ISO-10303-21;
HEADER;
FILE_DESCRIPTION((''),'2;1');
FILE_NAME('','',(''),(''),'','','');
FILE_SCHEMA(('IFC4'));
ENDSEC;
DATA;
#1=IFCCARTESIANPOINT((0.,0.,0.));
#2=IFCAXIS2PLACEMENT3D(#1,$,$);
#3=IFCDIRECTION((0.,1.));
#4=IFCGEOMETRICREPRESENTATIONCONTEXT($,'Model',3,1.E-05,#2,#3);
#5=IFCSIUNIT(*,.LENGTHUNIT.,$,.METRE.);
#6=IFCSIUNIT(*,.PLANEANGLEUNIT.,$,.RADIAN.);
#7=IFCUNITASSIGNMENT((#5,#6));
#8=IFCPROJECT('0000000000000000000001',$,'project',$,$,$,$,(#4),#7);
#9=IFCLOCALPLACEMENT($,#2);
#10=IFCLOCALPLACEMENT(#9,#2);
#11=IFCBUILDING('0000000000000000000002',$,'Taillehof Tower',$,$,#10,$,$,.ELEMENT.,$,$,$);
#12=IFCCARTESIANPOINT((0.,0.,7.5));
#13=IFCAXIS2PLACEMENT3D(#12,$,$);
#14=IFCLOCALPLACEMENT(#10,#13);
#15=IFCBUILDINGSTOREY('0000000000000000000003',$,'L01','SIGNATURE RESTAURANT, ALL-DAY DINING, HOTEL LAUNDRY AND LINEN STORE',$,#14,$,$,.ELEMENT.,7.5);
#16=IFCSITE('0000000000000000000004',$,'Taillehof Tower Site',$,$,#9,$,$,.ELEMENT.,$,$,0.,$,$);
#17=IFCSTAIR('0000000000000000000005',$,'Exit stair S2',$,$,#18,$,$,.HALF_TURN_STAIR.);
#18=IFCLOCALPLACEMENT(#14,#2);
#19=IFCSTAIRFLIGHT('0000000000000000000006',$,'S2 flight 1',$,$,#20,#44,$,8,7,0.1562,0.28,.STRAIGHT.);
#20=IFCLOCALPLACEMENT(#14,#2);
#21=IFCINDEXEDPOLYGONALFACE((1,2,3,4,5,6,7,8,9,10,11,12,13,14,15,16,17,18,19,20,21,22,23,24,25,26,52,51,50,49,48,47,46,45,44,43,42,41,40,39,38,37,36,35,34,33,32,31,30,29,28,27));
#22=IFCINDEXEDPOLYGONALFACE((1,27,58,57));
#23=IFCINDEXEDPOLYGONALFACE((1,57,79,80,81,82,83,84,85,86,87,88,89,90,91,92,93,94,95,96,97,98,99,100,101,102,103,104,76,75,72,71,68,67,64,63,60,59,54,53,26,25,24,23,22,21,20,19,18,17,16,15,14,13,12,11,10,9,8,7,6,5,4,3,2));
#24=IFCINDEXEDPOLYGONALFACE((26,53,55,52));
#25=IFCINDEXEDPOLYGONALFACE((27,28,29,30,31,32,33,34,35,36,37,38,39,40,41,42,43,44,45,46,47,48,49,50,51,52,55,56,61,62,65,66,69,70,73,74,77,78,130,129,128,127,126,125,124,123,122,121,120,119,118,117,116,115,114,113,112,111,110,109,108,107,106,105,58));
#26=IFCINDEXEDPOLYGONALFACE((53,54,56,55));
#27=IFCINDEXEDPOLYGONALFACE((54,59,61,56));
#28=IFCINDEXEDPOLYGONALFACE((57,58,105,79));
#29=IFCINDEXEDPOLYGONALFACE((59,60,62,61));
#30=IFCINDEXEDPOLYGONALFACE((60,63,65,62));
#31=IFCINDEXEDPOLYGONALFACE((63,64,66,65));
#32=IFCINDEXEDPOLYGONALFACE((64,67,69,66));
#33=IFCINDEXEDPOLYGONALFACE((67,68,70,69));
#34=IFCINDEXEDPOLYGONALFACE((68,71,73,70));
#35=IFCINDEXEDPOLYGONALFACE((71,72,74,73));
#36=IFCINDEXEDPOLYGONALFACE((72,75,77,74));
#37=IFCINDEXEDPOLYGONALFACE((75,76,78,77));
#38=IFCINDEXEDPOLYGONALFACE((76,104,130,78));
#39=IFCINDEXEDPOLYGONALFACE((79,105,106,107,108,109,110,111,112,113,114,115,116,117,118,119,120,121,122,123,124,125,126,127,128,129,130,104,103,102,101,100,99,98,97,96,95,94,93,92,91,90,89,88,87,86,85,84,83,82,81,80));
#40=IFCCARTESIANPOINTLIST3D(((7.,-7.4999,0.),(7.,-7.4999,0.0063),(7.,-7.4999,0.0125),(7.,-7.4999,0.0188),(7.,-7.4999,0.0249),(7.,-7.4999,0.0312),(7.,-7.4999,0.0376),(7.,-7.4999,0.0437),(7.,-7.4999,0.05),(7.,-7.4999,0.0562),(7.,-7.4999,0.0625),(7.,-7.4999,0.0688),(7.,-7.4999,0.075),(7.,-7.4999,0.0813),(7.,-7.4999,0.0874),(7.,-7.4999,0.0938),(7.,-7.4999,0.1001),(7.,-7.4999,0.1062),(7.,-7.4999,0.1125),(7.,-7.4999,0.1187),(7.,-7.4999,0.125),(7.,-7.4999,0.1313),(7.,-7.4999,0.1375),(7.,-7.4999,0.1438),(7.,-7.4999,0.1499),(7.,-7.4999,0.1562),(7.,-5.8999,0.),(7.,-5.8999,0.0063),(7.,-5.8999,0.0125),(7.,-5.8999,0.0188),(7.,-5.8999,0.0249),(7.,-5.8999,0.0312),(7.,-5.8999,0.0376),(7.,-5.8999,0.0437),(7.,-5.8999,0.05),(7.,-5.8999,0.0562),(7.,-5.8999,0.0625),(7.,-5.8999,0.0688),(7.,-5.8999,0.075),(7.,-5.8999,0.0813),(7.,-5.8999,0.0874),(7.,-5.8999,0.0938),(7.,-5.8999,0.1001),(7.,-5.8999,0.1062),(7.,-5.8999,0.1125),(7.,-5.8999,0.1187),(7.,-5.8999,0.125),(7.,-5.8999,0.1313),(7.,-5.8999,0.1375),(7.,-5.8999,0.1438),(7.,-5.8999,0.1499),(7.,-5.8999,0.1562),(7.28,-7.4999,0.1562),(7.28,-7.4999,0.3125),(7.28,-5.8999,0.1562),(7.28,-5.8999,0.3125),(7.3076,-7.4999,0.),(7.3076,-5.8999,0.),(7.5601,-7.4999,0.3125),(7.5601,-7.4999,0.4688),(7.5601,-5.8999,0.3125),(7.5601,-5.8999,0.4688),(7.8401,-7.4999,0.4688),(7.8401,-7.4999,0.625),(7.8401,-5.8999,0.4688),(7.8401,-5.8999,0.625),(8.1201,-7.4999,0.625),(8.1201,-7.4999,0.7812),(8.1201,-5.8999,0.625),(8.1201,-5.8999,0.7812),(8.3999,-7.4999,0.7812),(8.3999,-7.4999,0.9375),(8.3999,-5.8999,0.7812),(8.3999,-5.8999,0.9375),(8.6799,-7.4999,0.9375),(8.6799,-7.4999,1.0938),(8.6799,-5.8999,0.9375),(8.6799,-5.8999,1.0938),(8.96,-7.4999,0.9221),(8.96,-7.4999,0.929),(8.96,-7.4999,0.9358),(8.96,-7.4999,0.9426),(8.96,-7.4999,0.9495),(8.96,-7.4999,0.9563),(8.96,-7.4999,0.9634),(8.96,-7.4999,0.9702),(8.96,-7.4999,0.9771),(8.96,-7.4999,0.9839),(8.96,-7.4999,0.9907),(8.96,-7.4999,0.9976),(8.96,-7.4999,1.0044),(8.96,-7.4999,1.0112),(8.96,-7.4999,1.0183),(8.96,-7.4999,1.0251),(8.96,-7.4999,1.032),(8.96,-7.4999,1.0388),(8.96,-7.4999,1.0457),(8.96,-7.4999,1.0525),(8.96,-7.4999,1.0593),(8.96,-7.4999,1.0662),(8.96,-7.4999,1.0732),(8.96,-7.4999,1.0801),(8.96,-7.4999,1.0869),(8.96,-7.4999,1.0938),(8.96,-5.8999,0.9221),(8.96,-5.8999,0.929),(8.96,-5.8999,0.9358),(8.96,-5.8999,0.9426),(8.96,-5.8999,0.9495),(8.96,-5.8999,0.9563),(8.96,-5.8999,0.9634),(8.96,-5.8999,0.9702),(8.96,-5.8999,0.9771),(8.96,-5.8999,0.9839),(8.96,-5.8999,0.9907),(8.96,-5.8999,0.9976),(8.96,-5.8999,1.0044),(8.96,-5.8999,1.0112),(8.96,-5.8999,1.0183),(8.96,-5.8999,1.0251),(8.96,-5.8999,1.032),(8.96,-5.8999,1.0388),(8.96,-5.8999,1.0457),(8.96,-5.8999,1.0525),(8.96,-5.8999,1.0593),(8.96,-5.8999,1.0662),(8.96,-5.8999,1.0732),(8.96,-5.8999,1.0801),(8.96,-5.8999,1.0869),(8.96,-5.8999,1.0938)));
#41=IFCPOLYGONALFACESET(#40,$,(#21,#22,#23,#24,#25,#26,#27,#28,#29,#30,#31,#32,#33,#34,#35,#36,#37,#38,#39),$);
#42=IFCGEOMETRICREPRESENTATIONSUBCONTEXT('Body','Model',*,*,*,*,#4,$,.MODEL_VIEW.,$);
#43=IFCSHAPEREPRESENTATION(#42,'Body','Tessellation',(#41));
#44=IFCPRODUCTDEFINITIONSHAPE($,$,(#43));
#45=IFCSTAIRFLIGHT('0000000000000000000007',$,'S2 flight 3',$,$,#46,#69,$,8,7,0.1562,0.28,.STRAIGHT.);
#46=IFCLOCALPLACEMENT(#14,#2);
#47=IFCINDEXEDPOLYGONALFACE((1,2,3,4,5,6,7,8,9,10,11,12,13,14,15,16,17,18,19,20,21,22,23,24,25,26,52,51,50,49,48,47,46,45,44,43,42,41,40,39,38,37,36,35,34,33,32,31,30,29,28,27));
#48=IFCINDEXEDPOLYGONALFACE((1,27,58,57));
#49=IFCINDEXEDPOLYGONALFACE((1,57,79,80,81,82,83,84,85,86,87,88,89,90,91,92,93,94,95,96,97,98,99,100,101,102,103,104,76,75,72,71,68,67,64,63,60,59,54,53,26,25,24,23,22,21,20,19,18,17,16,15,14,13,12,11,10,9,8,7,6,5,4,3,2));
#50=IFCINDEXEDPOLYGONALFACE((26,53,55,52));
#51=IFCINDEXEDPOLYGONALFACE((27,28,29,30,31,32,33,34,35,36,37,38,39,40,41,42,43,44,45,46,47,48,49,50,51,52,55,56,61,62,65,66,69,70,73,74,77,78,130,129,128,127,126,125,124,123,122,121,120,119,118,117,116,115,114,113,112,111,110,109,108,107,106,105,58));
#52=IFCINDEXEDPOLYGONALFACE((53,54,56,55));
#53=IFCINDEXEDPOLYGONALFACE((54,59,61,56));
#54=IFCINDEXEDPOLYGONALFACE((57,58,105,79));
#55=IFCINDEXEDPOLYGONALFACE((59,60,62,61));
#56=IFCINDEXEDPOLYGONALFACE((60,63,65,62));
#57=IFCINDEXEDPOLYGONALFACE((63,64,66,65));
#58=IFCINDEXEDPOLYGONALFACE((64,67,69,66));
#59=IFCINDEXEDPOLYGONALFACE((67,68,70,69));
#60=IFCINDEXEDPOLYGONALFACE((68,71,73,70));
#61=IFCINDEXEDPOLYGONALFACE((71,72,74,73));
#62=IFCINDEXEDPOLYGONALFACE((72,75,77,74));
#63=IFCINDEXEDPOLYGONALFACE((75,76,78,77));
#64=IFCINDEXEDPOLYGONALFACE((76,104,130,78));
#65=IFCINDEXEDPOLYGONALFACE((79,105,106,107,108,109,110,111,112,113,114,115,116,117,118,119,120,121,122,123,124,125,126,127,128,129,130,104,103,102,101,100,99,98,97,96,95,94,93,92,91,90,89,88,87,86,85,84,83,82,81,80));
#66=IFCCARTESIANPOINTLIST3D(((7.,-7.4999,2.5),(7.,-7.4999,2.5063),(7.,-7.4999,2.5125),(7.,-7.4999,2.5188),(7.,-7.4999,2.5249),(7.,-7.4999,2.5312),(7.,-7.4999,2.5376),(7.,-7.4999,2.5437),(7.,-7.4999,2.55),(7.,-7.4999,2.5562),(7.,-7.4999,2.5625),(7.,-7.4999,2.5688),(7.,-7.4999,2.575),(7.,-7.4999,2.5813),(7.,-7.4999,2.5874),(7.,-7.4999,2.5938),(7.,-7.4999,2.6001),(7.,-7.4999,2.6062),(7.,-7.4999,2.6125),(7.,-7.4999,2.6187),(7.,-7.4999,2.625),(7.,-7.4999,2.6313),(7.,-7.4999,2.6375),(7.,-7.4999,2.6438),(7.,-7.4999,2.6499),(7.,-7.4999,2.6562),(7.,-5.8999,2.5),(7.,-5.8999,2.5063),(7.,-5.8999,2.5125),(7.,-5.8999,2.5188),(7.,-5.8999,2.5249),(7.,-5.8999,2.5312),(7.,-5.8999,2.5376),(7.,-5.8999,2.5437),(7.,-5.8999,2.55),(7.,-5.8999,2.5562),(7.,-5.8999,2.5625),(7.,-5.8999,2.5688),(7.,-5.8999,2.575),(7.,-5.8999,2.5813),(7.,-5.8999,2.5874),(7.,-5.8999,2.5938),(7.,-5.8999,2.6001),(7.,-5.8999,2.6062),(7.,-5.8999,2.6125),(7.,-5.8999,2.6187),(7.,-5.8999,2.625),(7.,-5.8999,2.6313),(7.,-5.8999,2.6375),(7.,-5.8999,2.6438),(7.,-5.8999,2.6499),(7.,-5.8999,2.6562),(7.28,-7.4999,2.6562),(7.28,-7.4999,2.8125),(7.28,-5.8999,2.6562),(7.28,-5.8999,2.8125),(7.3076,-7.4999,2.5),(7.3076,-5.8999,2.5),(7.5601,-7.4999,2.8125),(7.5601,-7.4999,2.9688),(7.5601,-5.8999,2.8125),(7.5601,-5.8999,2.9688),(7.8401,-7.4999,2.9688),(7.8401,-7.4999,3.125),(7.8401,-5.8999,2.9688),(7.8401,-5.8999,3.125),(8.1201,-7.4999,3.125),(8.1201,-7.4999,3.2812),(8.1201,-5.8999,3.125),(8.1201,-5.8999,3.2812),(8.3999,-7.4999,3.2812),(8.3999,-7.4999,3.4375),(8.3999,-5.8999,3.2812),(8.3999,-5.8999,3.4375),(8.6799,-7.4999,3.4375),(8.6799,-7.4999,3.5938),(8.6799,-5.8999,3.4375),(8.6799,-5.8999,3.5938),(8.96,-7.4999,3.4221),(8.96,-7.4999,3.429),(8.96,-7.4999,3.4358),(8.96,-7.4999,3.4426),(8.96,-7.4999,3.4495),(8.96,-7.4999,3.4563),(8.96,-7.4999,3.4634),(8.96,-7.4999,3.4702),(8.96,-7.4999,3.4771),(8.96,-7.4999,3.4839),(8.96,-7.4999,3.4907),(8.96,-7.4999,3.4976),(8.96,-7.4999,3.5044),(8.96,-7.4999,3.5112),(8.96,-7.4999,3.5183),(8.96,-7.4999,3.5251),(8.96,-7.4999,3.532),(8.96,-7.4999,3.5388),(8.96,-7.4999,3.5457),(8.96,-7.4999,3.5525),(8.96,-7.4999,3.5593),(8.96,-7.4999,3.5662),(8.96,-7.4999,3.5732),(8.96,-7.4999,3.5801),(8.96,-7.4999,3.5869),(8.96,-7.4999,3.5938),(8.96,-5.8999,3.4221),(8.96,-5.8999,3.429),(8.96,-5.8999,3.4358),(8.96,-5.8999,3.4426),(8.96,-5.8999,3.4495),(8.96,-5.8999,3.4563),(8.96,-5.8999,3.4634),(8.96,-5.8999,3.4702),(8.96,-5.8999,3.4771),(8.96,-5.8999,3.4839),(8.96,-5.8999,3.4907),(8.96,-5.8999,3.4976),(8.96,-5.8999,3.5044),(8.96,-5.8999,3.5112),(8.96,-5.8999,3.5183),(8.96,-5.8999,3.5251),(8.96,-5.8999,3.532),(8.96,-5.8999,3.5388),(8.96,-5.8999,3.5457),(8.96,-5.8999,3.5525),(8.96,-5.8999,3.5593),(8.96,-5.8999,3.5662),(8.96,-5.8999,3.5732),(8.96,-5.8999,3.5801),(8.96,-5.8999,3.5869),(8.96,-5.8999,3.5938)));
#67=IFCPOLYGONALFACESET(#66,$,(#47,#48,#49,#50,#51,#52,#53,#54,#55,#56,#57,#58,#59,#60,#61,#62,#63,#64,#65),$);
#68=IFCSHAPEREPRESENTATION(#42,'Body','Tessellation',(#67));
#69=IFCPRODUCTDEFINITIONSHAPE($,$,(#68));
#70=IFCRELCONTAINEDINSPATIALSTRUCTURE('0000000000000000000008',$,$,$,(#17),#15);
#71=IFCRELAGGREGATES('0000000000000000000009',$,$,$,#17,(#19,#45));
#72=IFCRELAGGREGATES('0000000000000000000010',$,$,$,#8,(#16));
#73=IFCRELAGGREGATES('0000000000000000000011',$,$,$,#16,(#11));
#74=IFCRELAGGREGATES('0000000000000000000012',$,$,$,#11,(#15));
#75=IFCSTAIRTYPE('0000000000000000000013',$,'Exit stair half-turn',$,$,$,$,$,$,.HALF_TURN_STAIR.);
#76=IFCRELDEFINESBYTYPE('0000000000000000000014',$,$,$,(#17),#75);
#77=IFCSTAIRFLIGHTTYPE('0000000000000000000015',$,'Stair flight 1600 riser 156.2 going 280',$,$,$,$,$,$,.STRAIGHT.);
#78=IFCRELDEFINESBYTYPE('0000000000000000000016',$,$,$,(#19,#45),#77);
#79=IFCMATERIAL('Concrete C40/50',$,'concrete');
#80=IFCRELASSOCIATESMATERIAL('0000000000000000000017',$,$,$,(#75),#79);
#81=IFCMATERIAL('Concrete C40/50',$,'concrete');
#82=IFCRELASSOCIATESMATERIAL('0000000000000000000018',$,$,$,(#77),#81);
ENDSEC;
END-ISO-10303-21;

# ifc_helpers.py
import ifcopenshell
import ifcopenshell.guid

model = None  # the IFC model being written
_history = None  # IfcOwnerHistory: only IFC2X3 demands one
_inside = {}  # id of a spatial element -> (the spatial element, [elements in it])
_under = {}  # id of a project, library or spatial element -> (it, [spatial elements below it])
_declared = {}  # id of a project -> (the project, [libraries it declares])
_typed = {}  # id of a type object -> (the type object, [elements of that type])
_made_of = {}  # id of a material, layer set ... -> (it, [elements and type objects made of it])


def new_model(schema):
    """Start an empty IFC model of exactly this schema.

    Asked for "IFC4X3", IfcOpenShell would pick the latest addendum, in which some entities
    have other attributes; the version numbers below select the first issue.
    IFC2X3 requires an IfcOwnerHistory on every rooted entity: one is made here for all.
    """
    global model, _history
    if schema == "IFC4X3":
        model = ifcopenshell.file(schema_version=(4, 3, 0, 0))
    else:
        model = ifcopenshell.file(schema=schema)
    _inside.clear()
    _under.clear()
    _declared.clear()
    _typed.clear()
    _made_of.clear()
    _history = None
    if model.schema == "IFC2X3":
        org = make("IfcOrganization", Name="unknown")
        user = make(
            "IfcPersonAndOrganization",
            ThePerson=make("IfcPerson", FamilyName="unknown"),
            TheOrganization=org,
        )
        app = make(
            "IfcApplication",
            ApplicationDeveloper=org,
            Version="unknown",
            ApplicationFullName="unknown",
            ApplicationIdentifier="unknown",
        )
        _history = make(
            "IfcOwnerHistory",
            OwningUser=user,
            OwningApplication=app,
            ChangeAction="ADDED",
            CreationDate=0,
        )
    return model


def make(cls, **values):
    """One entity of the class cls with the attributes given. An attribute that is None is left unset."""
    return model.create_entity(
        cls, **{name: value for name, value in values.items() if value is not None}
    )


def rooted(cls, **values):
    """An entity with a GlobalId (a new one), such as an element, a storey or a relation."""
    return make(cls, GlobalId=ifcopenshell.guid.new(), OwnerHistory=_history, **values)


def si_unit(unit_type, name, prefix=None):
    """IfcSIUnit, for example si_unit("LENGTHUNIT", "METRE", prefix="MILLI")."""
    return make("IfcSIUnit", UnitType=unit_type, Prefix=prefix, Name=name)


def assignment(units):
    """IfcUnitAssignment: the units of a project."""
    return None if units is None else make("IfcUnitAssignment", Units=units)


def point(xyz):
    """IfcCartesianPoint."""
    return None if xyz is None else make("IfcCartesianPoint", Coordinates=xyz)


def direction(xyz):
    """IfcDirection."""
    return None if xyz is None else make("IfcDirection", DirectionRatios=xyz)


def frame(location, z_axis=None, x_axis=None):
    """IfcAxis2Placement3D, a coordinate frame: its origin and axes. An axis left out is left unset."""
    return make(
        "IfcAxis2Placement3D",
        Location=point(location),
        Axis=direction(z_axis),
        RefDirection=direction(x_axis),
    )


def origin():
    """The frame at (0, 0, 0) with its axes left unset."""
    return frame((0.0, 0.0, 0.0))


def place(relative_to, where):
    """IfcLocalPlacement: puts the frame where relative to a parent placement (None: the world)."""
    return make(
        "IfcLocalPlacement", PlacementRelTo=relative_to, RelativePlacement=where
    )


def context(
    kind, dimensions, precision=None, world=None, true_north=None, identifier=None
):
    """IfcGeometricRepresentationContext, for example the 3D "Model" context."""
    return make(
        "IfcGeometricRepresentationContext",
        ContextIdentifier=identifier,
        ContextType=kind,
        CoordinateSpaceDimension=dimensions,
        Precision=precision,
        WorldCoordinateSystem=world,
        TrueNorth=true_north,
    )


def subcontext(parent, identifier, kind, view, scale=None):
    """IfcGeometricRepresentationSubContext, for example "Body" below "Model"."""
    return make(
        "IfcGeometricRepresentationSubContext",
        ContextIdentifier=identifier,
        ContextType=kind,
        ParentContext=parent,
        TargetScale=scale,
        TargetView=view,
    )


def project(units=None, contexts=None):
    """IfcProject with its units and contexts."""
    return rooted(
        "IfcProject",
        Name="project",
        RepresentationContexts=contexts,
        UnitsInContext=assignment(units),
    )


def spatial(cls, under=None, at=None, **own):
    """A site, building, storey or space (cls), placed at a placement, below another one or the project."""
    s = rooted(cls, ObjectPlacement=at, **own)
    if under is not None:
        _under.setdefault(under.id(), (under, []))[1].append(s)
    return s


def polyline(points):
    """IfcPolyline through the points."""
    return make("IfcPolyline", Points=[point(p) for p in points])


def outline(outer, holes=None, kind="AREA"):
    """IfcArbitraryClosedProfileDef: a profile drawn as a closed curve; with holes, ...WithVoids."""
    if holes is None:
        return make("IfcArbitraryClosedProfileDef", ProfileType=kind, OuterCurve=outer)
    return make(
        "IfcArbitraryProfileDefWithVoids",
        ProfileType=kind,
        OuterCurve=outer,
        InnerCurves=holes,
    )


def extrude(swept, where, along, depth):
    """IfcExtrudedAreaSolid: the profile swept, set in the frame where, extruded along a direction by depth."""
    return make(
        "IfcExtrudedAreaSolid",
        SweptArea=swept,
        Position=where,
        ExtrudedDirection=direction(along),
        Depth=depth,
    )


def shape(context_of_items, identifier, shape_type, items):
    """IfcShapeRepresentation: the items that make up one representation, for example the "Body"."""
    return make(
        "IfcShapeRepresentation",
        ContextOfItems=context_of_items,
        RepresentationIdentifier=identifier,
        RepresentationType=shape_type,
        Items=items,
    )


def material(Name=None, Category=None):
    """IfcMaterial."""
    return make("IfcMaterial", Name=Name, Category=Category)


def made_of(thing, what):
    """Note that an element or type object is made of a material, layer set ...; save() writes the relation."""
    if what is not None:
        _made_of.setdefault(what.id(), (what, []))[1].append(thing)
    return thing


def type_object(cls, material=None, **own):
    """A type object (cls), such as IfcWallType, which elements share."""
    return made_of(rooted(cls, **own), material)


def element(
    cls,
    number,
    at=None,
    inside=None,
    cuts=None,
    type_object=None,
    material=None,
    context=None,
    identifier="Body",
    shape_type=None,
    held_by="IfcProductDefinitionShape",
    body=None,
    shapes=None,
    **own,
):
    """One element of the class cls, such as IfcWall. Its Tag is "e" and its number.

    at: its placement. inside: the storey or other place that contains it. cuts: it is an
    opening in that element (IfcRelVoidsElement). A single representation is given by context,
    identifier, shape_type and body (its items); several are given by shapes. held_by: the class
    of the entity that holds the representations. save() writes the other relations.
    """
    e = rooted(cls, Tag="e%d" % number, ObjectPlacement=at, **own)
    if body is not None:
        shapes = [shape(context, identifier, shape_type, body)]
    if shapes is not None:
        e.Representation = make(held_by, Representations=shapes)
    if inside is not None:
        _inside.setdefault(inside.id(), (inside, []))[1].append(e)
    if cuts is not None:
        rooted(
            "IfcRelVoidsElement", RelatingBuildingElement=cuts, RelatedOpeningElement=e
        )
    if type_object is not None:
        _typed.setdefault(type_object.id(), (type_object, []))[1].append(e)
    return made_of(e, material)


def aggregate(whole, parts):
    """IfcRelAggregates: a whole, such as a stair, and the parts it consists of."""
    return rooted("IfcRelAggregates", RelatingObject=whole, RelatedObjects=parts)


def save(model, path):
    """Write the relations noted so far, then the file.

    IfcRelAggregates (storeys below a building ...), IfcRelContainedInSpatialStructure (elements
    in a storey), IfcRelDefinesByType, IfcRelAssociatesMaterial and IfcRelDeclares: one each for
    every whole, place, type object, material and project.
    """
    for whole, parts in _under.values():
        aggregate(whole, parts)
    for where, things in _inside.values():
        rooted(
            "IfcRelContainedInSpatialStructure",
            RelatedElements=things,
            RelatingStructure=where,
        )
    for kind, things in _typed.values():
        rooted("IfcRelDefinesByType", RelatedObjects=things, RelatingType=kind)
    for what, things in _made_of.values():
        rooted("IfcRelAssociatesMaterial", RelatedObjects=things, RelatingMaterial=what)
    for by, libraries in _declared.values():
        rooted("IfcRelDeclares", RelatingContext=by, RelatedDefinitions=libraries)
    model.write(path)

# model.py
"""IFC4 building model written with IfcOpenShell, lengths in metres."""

from ifc_helpers import new_model, si_unit, direction, frame, origin, place, context, subcontext, project, spatial, polyline, outline, extrude, material, type_object, element, aggregate, save


model = new_model("IFC4")

# Units and contexts
model_context = context("Model", 3, precision=1e-05, world=origin(), true_north=direction((0.0, 1.0)))
body_context = subcontext(model_context, "Body", "Model", "MODEL_VIEW")
ifc_project = project(units=[si_unit("LENGTHUNIT", "METRE"), si_unit("PLANEANGLEUNIT", "RADIAN")], contexts=[model_context])

# Site, building, storey
site_placement = place(None, origin())
site = spatial("IfcSite", under=ifc_project, at=site_placement, Name="Taillehof Tower Site", CompositionType="ELEMENT", RefElevation=0.0)
building_placement = place(site_placement, origin())
building = spatial("IfcBuilding", under=site, at=building_placement, Name="Taillehof Tower", CompositionType="ELEMENT")
storey_placement = place(building_placement, frame((0.0, 0.0, 7.5)))
storey = spatial("IfcBuildingStorey", under=building, at=storey_placement, Name="L01", Description="SIGNATURE RESTAURANT, ALL-DAY DINING, HOTEL LAUNDRY AND LINEN STORE", CompositionType="ELEMENT", Elevation=7.5)

# Stair
ifc_material_1 = material(Name="Concrete C40/50", Category="concrete")
stair_type = type_object("IfcStairType", Name="Exit stair half-turn", PredefinedType="HALF_TURN_STAIR", material=ifc_material_1)
stair_1_placement = place(storey_placement, origin())
stair_1 = element("IfcStair", 1, at=stair_1_placement, inside=storey, type_object=stair_type, Name="Exit stair S2", PredefinedType="HALF_TURN_STAIR")

# Stair flights
ifc_material_2 = material(Name="Concrete C40/50", Category="concrete")
stair_flight_type = type_object("IfcStairFlightType", Name="Stair flight 1600 riser 156.2 going 280", PredefinedType="STRAIGHT", material=ifc_material_2)
stair_flight_1_placement = place(storey_placement, frame((7.0, -6.7, 0.0), z_axis=(0.0, 0.0, 1.0), x_axis=(1.0, 0.0, 0.0)))
stair_flight_1 = element("IfcStairFlight", 2, at=stair_flight_1_placement, type_object=stair_flight_type, Name="S2 flight 1", NumberOfRisers=8, NumberOfTreads=7, PredefinedType="STRAIGHT", RiserHeight=0.1562, TreadLength=0.28, context=body_context, shape_type="SweptSolid", body=[
    extrude(outline(polyline([(0.0, 0.0), (0.0, 0.0063), (0.0, 0.0125), (0.0, 0.0188), (0.0, 0.0249), (0.0, 0.0312), (0.0, 0.0376), (0.0, 0.0437), (0.0, 0.05), (0.0, 0.0562), (0.0, 0.0625), (0.0, 0.0688), (0.0, 0.075), (0.0, 0.0813), (0.0, 0.0874), (0.0, 0.0938), (0.0, 0.1001), (0.0, 0.1062), (0.0, 0.1125), (0.0, 0.1187), (0.0, 0.125), (0.0, 0.1313), (0.0, 0.1375), (0.0, 0.1438), (0.0, 0.1499), (0.0, 0.1562), (0.28, 0.1562), (0.28, 0.3125), (0.5601, 0.3125), (0.5601, 0.4688), (0.8401, 0.4688), (0.8401, 0.625), (1.1201, 0.625), (1.1201, 0.7812), (1.3999, 0.7812), (1.3999, 0.9375), (1.6799, 0.9375), (1.6799, 1.0938), (1.96, 1.0938), (1.96, 1.0869), (1.96, 1.0801), (1.96, 1.0732), (1.96, 1.0662), (1.96, 1.0593), (1.96, 1.0525), (1.96, 1.0457), (1.96, 1.0388), (1.96, 1.032), (1.96, 1.0251), (1.96, 1.0183), (1.96, 1.0112), (1.96, 1.0044), (1.96, 0.9976), (1.96, 0.9907), (1.96, 0.9839), (1.96, 0.9771), (1.96, 0.9702), (1.96, 0.9634), (1.96, 0.9563), (1.96, 0.9495), (1.96, 0.9426), (1.96, 0.9358), (1.96, 0.929), (1.96, 0.9221), (0.3076, 0.0), (0.0, 0.0)])), frame((0.0, 0.8, 0.0), z_axis=(0.0, -1.0, 0.0), x_axis=(1.0, 0.0, 0.0)), (0.0, 0.0, 1.0), 1.6),
])
stair_flight_2_placement = place(storey_placement, frame((7.0, -6.7, 2.5), z_axis=(0.0, 0.0, 1.0), x_axis=(1.0, 0.0, 0.0)))
stair_flight_2 = element("IfcStairFlight", 3, at=stair_flight_2_placement, type_object=stair_flight_type, Name="S2 flight 3", NumberOfRisers=8, NumberOfTreads=7, PredefinedType="STRAIGHT", RiserHeight=0.1562, TreadLength=0.28, context=body_context, shape_type="SweptSolid", body=[
    extrude(outline(polyline([(0.0, 0.0), (0.0, 0.0063), (0.0, 0.0125), (0.0, 0.0188), (0.0, 0.0249), (0.0, 0.0312), (0.0, 0.0376), (0.0, 0.0437), (0.0, 0.05), (0.0, 0.0562), (0.0, 0.0625), (0.0, 0.0688), (0.0, 0.075), (0.0, 0.0813), (0.0, 0.0874), (0.0, 0.0938), (0.0, 0.1001), (0.0, 0.1062), (0.0, 0.1125), (0.0, 0.1187), (0.0, 0.125), (0.0, 0.1313), (0.0, 0.1375), (0.0, 0.1438), (0.0, 0.1499), (0.0, 0.1562), (0.28, 0.1562), (0.28, 0.3125), (0.5601, 0.3125), (0.5601, 0.4688), (0.8401, 0.4688), (0.8401, 0.625), (1.1201, 0.625), (1.1201, 0.7812), (1.3999, 0.7812), (1.3999, 0.9375), (1.6799, 0.9375), (1.6799, 1.0938), (1.96, 1.0938), (1.96, 1.0869), (1.96, 1.0801), (1.96, 1.0732), (1.96, 1.0662), (1.96, 1.0593), (1.96, 1.0525), (1.96, 1.0457), (1.96, 1.0388), (1.96, 1.032), (1.96, 1.0251), (1.96, 1.0183), (1.96, 1.0112), (1.96, 1.0044), (1.96, 0.9976), (1.96, 0.9907), (1.96, 0.9839), (1.96, 0.9771), (1.96, 0.9702), (1.96, 0.9634), (1.96, 0.9563), (1.96, 0.9495), (1.96, 0.9426), (1.96, 0.9358), (1.96, 0.929), (1.96, 0.9221), (0.3076, 0.0), (0.0, 0.0)])), frame((0.0, 0.8, 0.0), z_axis=(0.0, -1.0, 0.0), x_axis=(1.0, 0.0, 0.0)), (0.0, 0.0, 1.0), 1.6),
])
aggregate(stair_1, [stair_flight_1, stair_flight_2])

save(model, "model.ifc")
